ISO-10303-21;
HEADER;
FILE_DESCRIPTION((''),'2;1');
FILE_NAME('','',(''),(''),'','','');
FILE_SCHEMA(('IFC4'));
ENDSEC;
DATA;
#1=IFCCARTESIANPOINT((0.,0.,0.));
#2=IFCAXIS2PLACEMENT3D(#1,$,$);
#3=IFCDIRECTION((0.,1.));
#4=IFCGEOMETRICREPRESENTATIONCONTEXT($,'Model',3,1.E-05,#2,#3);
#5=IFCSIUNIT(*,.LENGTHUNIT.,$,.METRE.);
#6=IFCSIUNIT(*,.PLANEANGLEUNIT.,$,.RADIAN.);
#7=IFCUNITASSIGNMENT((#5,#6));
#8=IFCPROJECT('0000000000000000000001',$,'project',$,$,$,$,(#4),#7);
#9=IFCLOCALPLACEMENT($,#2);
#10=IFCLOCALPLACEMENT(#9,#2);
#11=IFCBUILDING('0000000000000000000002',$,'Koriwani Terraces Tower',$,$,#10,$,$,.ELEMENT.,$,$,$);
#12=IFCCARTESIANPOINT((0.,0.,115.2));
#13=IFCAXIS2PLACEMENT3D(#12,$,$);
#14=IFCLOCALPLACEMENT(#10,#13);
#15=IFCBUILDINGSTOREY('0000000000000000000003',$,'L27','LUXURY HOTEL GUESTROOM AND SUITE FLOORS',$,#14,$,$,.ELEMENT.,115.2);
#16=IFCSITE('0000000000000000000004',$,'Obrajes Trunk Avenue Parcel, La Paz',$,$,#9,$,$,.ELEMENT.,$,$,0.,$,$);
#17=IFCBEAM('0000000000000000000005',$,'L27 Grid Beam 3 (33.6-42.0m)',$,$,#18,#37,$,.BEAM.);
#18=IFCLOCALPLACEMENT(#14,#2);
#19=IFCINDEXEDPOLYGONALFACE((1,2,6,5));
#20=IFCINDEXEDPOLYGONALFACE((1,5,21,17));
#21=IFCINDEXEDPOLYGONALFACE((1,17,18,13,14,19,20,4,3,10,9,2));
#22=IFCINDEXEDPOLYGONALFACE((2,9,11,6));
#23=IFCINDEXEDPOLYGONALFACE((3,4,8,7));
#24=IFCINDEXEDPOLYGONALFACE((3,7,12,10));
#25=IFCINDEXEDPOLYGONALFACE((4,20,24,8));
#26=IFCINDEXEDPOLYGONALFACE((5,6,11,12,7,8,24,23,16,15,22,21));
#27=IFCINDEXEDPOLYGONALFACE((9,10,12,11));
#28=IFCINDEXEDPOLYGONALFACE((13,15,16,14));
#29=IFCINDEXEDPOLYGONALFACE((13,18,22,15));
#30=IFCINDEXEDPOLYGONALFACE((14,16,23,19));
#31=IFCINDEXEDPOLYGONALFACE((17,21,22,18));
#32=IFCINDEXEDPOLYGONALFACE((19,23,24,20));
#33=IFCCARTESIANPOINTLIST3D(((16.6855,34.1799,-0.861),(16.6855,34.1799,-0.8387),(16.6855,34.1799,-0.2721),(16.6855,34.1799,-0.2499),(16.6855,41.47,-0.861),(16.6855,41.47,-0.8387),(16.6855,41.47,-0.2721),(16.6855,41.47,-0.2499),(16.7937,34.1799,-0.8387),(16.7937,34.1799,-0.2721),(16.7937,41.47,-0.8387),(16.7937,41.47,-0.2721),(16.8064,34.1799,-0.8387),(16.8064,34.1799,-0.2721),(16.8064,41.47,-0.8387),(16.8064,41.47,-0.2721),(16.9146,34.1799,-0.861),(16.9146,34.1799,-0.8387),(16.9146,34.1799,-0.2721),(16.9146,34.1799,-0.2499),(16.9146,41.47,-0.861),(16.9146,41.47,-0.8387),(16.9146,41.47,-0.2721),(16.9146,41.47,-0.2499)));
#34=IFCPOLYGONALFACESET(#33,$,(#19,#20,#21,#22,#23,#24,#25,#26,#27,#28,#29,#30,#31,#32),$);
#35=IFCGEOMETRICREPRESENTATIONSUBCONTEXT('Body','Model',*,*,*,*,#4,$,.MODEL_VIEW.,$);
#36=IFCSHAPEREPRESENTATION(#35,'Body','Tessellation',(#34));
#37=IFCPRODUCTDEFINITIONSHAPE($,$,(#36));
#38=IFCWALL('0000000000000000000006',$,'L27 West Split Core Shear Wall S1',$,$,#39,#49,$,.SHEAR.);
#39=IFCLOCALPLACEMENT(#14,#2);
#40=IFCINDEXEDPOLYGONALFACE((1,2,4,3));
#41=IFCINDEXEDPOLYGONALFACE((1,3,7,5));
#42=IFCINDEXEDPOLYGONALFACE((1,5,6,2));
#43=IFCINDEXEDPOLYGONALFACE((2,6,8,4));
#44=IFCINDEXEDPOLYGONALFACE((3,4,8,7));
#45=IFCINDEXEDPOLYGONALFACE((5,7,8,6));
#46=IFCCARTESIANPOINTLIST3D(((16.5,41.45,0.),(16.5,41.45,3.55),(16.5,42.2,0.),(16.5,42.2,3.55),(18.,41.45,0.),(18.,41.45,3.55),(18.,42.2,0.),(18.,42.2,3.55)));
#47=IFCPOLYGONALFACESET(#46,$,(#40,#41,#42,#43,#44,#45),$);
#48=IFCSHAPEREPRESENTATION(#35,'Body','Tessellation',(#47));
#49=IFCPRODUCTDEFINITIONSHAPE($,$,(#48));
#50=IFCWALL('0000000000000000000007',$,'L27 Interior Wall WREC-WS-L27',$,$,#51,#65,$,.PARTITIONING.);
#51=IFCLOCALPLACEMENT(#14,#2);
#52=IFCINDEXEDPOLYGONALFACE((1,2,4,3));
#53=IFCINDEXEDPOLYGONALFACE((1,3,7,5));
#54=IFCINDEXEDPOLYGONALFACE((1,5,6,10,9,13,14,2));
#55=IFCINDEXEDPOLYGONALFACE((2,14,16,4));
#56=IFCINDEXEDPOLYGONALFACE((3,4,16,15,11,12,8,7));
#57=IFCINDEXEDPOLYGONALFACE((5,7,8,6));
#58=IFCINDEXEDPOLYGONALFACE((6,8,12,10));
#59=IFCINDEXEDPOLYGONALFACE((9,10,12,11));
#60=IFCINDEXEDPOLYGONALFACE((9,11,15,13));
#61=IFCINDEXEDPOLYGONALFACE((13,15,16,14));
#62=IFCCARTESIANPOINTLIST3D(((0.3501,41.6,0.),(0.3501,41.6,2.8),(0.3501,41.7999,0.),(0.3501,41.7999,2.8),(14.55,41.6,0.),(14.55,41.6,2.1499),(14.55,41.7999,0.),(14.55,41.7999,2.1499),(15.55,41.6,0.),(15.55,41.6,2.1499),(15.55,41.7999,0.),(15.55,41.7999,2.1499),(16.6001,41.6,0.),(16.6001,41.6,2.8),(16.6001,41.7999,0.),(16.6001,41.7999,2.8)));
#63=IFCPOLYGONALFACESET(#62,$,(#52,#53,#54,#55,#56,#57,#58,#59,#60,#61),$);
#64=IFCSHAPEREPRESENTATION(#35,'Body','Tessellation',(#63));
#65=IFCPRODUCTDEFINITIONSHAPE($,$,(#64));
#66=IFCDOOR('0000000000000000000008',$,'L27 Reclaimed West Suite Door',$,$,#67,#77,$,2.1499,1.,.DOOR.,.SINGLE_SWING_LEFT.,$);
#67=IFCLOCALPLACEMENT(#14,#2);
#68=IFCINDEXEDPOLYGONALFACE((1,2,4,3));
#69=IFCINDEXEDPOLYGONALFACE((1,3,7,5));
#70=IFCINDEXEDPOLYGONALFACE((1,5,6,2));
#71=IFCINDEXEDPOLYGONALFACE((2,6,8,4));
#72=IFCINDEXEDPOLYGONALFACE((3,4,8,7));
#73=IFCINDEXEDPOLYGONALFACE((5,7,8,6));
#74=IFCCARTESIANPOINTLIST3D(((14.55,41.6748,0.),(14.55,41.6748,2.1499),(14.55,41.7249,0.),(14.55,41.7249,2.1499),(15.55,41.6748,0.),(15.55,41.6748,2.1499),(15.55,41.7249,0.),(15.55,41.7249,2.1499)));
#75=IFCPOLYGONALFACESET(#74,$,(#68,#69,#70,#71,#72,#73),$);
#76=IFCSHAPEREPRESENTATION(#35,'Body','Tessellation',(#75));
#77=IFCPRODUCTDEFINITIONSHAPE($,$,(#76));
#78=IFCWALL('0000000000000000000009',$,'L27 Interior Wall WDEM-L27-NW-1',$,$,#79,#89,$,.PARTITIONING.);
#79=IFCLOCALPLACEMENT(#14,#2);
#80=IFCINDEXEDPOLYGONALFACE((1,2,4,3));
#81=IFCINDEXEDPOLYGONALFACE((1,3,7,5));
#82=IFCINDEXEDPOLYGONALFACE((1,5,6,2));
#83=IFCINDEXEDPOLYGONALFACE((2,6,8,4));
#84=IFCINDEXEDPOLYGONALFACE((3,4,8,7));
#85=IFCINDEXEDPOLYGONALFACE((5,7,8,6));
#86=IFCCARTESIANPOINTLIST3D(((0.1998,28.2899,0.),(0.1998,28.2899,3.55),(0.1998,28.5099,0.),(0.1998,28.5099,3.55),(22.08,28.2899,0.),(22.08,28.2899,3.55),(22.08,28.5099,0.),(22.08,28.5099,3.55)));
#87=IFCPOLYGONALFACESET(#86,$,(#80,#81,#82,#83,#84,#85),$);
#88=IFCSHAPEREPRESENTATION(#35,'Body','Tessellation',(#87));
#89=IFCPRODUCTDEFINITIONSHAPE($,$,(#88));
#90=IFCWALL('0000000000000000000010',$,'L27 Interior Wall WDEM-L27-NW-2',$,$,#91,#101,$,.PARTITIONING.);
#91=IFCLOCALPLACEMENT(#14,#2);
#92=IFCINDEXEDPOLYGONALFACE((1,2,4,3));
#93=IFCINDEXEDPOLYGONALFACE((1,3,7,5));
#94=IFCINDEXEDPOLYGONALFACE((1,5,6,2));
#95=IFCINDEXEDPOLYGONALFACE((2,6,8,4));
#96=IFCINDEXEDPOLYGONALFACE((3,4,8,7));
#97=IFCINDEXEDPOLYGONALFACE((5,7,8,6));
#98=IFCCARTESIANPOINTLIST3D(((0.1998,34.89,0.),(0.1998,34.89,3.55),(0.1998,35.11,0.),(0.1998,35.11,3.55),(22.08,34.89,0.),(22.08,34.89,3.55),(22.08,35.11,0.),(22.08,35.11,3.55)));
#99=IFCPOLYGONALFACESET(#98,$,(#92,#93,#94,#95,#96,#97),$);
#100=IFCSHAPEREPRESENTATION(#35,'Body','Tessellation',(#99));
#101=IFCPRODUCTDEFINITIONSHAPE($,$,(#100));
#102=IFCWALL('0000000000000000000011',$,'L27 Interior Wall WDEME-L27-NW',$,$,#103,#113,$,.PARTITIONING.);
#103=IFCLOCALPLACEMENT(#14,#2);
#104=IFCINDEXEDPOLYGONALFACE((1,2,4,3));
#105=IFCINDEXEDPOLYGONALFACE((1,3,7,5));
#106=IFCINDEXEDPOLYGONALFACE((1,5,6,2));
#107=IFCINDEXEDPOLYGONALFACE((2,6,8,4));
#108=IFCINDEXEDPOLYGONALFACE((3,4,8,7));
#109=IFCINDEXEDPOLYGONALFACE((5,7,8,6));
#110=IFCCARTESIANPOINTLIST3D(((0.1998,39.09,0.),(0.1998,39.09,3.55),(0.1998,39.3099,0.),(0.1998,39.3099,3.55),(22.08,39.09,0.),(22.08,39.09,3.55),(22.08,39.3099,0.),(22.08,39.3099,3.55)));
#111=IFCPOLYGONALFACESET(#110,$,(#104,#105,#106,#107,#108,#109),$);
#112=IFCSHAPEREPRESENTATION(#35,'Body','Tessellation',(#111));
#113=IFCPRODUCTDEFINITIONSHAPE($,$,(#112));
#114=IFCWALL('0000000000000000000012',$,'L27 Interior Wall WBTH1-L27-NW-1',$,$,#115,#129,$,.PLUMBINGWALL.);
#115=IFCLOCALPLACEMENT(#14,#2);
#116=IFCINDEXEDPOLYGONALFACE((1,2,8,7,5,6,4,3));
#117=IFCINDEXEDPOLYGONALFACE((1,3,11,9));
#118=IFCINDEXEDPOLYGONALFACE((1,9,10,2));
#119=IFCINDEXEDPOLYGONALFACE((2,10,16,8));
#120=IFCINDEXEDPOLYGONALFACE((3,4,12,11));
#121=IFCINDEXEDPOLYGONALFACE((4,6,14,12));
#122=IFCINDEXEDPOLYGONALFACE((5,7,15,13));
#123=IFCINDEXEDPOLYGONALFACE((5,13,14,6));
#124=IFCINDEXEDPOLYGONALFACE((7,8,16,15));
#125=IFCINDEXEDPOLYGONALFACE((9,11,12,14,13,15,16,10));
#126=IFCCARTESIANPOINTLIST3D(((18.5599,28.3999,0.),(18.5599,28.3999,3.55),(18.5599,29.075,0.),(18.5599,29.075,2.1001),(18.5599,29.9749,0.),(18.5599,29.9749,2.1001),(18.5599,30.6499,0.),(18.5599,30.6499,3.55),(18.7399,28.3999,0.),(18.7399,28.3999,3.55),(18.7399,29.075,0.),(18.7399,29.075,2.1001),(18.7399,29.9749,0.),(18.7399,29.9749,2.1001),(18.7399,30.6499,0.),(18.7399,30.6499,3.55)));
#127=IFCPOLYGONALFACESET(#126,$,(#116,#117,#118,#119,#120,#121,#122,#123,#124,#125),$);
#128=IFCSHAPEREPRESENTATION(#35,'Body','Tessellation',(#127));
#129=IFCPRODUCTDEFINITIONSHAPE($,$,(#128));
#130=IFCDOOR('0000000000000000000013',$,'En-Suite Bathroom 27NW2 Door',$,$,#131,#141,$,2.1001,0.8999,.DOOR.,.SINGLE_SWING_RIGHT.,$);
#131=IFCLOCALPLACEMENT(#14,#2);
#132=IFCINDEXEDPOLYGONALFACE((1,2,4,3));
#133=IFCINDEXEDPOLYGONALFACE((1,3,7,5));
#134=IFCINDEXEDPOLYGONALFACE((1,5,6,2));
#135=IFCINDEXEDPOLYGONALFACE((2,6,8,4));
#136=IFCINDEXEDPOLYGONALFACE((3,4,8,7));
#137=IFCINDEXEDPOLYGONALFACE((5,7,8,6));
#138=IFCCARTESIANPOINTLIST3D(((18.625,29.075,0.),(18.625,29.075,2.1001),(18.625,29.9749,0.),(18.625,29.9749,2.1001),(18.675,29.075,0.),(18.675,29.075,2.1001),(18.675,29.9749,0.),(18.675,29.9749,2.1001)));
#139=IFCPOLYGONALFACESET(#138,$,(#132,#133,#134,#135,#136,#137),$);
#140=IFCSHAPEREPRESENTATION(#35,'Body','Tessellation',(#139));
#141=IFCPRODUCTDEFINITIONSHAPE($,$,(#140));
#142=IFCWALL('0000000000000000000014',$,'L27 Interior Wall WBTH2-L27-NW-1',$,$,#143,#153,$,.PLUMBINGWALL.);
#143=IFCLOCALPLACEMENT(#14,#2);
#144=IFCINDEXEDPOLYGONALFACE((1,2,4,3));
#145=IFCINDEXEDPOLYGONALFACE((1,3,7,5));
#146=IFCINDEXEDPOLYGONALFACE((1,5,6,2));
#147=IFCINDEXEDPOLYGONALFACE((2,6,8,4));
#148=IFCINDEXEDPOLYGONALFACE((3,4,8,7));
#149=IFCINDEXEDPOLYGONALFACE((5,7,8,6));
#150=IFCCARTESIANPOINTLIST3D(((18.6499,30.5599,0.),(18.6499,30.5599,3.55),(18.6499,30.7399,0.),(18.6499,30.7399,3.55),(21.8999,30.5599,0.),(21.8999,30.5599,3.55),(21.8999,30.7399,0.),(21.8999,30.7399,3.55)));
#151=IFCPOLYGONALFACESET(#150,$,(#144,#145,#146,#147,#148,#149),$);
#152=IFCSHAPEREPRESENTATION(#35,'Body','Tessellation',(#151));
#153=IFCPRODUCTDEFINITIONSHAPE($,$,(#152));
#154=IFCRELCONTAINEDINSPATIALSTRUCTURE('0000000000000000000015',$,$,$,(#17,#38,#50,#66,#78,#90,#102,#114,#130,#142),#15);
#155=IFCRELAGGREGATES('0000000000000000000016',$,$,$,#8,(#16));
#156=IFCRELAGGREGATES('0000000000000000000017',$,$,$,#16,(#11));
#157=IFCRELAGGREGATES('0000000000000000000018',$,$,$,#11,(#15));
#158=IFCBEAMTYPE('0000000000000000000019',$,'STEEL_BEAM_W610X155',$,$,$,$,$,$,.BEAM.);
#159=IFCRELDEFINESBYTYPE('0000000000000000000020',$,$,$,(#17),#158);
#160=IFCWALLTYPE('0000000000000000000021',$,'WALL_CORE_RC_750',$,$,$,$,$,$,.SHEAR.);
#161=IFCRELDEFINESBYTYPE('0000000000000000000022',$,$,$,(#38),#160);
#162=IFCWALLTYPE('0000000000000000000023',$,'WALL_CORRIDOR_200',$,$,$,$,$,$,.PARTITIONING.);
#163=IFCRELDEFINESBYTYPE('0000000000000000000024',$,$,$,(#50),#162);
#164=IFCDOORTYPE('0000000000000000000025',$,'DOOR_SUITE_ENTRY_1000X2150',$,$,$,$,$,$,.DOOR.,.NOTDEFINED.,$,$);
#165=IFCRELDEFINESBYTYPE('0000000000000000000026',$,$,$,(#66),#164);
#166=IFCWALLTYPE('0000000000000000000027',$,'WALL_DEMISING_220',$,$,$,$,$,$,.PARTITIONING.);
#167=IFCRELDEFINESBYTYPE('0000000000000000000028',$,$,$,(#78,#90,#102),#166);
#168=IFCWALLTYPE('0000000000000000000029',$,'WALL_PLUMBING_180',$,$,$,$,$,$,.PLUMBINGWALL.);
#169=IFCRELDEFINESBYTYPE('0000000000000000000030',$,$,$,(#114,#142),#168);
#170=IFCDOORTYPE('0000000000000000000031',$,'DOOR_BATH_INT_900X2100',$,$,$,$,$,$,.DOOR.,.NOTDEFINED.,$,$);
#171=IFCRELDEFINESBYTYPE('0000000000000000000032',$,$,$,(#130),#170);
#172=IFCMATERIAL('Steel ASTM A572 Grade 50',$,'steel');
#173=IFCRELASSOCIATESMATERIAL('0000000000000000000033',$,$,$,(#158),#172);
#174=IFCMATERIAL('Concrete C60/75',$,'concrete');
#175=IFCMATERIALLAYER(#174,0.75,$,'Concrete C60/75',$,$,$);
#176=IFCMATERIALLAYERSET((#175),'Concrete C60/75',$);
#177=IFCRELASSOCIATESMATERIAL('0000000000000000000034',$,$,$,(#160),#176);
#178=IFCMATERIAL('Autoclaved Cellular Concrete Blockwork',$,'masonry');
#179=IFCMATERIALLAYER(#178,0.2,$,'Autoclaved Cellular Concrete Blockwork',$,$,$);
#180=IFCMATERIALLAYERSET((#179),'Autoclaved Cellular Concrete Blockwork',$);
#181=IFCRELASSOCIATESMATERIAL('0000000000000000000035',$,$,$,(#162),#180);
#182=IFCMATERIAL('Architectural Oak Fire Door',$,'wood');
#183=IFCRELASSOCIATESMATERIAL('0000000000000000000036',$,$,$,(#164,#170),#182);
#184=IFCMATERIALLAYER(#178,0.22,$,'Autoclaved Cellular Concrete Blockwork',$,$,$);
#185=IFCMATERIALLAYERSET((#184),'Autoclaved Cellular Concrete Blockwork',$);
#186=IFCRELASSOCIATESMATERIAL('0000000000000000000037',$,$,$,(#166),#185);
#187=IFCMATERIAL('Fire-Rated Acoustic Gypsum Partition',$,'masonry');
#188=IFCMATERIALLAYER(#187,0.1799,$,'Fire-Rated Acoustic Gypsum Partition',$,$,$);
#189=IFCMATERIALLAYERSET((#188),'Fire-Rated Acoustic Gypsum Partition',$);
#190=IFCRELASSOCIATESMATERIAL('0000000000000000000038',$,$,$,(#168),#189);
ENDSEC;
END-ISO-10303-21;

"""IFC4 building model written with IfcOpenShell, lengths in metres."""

from ifc_helpers import new_model, si_unit, direction, frame, frame_2d, origin, origin_2d, place, context, subcontext, project, spatial, rectangle, i_section, extrude, material, layer, layer_set, material_profile, profile_set, type_object, element, fill, save


model = new_model("IFC4")

# Units and contexts
model_context = context("Model", 3, precision=1e-05, world=origin(), true_north=direction((0.0, 1.0)))
body_context = subcontext(model_context, "Body", "Model", "MODEL_VIEW")
ifc_project = project(units=[si_unit("LENGTHUNIT", "METRE"), si_unit("PLANEANGLEUNIT", "RADIAN")], contexts=[model_context])

# Site, building, storey
site_placement = place(None, origin())
site = spatial("IfcSite", under=ifc_project, at=site_placement, Name="Obrajes Trunk Avenue Parcel, La Paz", CompositionType="ELEMENT", RefElevation=0.0)
building_placement = place(site_placement, origin())
building = spatial("IfcBuilding", under=site, at=building_placement, Name="Koriwani Terraces Tower", CompositionType="ELEMENT")
storey_placement = place(building_placement, frame((0.0, 0.0, 115.2)))
storey = spatial("IfcBuildingStorey", under=building, at=storey_placement, Name="L27", Description="LUXURY HOTEL GUESTROOM AND SUITE FLOORS", CompositionType="ELEMENT", Elevation=115.2)

# Shared definitions
ifc_material_1 = material(Name="Concrete C60/75", Category="concrete")

# Beam
ifc_material_2 = material(Name="Steel ASTM A572 Grade 50", Category="steel")
ifc_material_profile_1 = material_profile(ifc_material_2, i_section(OverallWidth=0.229, OverallDepth=0.6111, WebThickness=0.0127, FlangeThickness=0.0222, at=origin_2d()), Name="Steel ASTM A572 Grade 50", Category="LoadBearing")
ifc_profile_set_1 = profile_set([ifc_material_profile_1], Name="Steel ASTM A572 Grade 50")
beam_type_1 = type_object("IfcBeamType", Name="STEEL_BEAM_W610X155", PredefinedType="BEAM", material=ifc_profile_set_1)
beam_1_placement = place(storey_placement, frame((16.8, 34.1799, -0.5554), z_axis=(0.0, 1.0, 0.0), x_axis=(-1.0, 0.0, 0.0)))
element("IfcBeam", 1, at=beam_1_placement, inside=storey, type_object=beam_type_1, Name="L27 Grid Beam 3 (33.6-42.0m)", PredefinedType="BEAM", context=body_context, shape_type="SweptSolid", body=[
    extrude(i_section(OverallWidth=0.229, OverallDepth=0.6111, WebThickness=0.0127, FlangeThickness=0.0222, at=origin_2d()), origin(), (0.0, 0.0, 1.0), 7.29),
])

# Wall
ifc_layer_1 = layer(ifc_material_1, 0.75, Name="Concrete C60/75")
ifc_layer_set_1 = layer_set([ifc_layer_1], Name="Concrete C60/75")
wall_type_1 = type_object("IfcWallType", Name="WALL_CORE_RC_750", PredefinedType="SHEAR", material=ifc_layer_set_1)
wall_1_placement = place(storey_placement, frame((16.5, 41.825, 0.0), z_axis=(0.0, 0.0, 1.0), x_axis=(1.0, 0.0, 0.0)))
element("IfcWall", 2, at=wall_1_placement, inside=storey, type_object=wall_type_1, Name="L27 West Split Core Shear Wall S1", PredefinedType="SHEAR", context=body_context, shape_type="SweptSolid", body=[
    extrude(rectangle(XDim=1.5, YDim=0.75, at=frame_2d((0.75, 0.0))), origin(), (0.0, 0.0, 1.0), 3.55),
])

# Wall, opening, door
ifc_material_3 = material(Name="Autoclaved Cellular Concrete Blockwork", Category="masonry")
ifc_layer_2 = layer(ifc_material_3, 0.2, Name="Autoclaved Cellular Concrete Blockwork")
ifc_layer_set_2 = layer_set([ifc_layer_2], Name="Autoclaved Cellular Concrete Blockwork")
wall_type_2 = type_object("IfcWallType", Name="WALL_CORRIDOR_200", PredefinedType="PARTITIONING", material=ifc_layer_set_2)
wall_2_placement = place(storey_placement, frame((0.3501, 41.7, 0.0), z_axis=(0.0, 0.0, 1.0), x_axis=(1.0, 0.0, 0.0)))
wall_2 = element("IfcWall", 3, at=wall_2_placement, inside=storey, type_object=wall_type_2, Name="L27 Interior Wall WREC-WS-L27", PredefinedType="PARTITIONING", context=body_context, shape_type="SweptSolid", body=[
    extrude(rectangle(XDim=16.25, YDim=0.2, at=frame_2d((8.125, 0.0))), origin(), (0.0, 0.0, 1.0), 2.8),
])
opening_1_placement = place(wall_2_placement, frame((14.2, 0.0, 0.0)))
opening_1 = element("IfcOpeningElement", 4, at=opening_1_placement, cuts=wall_2, PredefinedType="OPENING", context=body_context, shape_type="SweptSolid", body=[
    extrude(rectangle(XDim=1.0, YDim=2.1499, at=frame_2d((0.5, 1.075))), frame((0.0, 0.1099, 0.0), z_axis=(0.0, -1.0, 0.0), x_axis=(1.0, 0.0, 0.0)), (0.0, 0.0, 1.0), 0.22),
])
ifc_material_4 = material(Name="Architectural Oak Fire Door", Category="wood")
door_type_1 = type_object("IfcDoorType", Name="DOOR_SUITE_ENTRY_1000X2150", OperationType="NOTDEFINED", PredefinedType="DOOR", material=ifc_material_4)
door_1_placement = place(opening_1_placement, origin())
door_1 = element("IfcDoor", 5, at=door_1_placement, inside=storey, type_object=door_type_1, Name="L27 Reclaimed West Suite Door", OperationType="SINGLE_SWING_LEFT", OverallHeight=2.1499, OverallWidth=1.0, PredefinedType="DOOR", context=body_context, shape_type="SweptSolid", body=[
    extrude(rectangle(XDim=1.0, YDim=2.1499, at=frame_2d((0.5, 1.075))), frame((0.0, 0.0249, 0.0), z_axis=(0.0, -1.0, 0.0), x_axis=(1.0, 0.0, 0.0)), (0.0, 0.0, 1.0), 0.05),
])
fill(opening_1, door_1)

# Walls
ifc_layer_3 = layer(ifc_material_3, 0.22, Name="Autoclaved Cellular Concrete Blockwork")
ifc_layer_set_3 = layer_set([ifc_layer_3], Name="Autoclaved Cellular Concrete Blockwork")
wall_type_3 = type_object("IfcWallType", Name="WALL_DEMISING_220", PredefinedType="PARTITIONING", material=ifc_layer_set_3)
for number, where, z_axis, x_axis, name in (
    (6, (0.2, 28.3999, 0.0), (0.0, 0.0, 1.0), (1.0, 0.0, 0.0), "L27 Interior Wall WDEM-L27-NW-1"),
    (7, (0.2, 35.0, 0.0), (0.0, 0.0, 1.0), (1.0, 0.0, 0.0), "L27 Interior Wall WDEM-L27-NW-2"),
    (8, (0.2, 39.2, 0.0), (0.0, 0.0, 1.0), (1.0, 0.0, 0.0), "L27 Interior Wall WDEME-L27-NW"),
):
    element("IfcWall", number, at=place(storey_placement, frame(where, z_axis=z_axis, x_axis=x_axis)), inside=storey, type_object=wall_type_3, Name=name, PredefinedType="PARTITIONING", context=body_context, shape_type="SweptSolid", body=[
        extrude(rectangle(XDim=21.8801, YDim=0.22, at=frame_2d((10.9399, 0.0))), origin(), (0.0, 0.0, 1.0), 3.55),
    ])

# Wall, opening, door
ifc_material_5 = material(Name="Fire-Rated Acoustic Gypsum Partition", Category="masonry")
ifc_layer_4 = layer(ifc_material_5, 0.1799, Name="Fire-Rated Acoustic Gypsum Partition")
ifc_layer_set_4 = layer_set([ifc_layer_4], Name="Fire-Rated Acoustic Gypsum Partition")
wall_type_4 = type_object("IfcWallType", Name="WALL_PLUMBING_180", PredefinedType="PLUMBINGWALL", material=ifc_layer_set_4)
wall_3_placement = place(storey_placement, frame((18.6499, 28.3999, 0.0), z_axis=(0.0, 0.0, 1.0), x_axis=(0.0, 1.0, 0.0)))
wall_3 = element("IfcWall", 9, at=wall_3_placement, inside=storey, type_object=wall_type_4, Name="L27 Interior Wall WBTH1-L27-NW-1", PredefinedType="PLUMBINGWALL", context=body_context, shape_type="SweptSolid", body=[
    extrude(rectangle(XDim=2.25, YDim=0.1799, at=frame_2d((1.125, 0.0))), origin(), (0.0, 0.0, 1.0), 3.55),
])
opening_2_placement = place(wall_3_placement, frame((0.675, 0.0, 0.0)))
opening_2 = element("IfcOpeningElement", 10, at=opening_2_placement, cuts=wall_3, PredefinedType="OPENING", context=body_context, shape_type="SweptSolid", body=[
    extrude(rectangle(XDim=0.8999, YDim=2.1001, at=frame_2d((0.45, 1.05))), frame((0.0, 0.1001, 0.0), z_axis=(0.0, -1.0, 0.0), x_axis=(1.0, 0.0, 0.0)), (0.0, 0.0, 1.0), 0.2),
])
door_type_2 = type_object("IfcDoorType", Name="DOOR_BATH_INT_900X2100", OperationType="NOTDEFINED", PredefinedType="DOOR", material=ifc_material_4)
door_2_placement = place(opening_2_placement, origin())
door_2 = element("IfcDoor", 11, at=door_2_placement, inside=storey, type_object=door_type_2, Name="En-Suite Bathroom 27NW2 Door", OperationType="SINGLE_SWING_RIGHT", OverallHeight=2.1001, OverallWidth=0.8999, PredefinedType="DOOR", context=body_context, shape_type="SweptSolid", body=[
    extrude(rectangle(XDim=0.8999, YDim=2.1001, at=frame_2d((0.45, 1.05))), frame((0.0, 0.0249, 0.0), z_axis=(0.0, -1.0, 0.0), x_axis=(1.0, 0.0, 0.0)), (0.0, 0.0, 1.0), 0.05),
])
fill(opening_2, door_2)

# Wall
wall_4_placement = place(storey_placement, frame((18.6499, 30.6499, 0.0), z_axis=(0.0, 0.0, 1.0), x_axis=(1.0, 0.0, 0.0)))
element("IfcWall", 12, at=wall_4_placement, inside=storey, type_object=wall_type_4, Name="L27 Interior Wall WBTH2-L27-NW-1", PredefinedType="PLUMBINGWALL", context=body_context, shape_type="SweptSolid", body=[
    extrude(rectangle(XDim=3.25, YDim=0.1799, at=frame_2d((1.625, 0.0))), origin(), (0.0, 0.0, 1.0), 3.55),
])

save(model, "model.ifc")
